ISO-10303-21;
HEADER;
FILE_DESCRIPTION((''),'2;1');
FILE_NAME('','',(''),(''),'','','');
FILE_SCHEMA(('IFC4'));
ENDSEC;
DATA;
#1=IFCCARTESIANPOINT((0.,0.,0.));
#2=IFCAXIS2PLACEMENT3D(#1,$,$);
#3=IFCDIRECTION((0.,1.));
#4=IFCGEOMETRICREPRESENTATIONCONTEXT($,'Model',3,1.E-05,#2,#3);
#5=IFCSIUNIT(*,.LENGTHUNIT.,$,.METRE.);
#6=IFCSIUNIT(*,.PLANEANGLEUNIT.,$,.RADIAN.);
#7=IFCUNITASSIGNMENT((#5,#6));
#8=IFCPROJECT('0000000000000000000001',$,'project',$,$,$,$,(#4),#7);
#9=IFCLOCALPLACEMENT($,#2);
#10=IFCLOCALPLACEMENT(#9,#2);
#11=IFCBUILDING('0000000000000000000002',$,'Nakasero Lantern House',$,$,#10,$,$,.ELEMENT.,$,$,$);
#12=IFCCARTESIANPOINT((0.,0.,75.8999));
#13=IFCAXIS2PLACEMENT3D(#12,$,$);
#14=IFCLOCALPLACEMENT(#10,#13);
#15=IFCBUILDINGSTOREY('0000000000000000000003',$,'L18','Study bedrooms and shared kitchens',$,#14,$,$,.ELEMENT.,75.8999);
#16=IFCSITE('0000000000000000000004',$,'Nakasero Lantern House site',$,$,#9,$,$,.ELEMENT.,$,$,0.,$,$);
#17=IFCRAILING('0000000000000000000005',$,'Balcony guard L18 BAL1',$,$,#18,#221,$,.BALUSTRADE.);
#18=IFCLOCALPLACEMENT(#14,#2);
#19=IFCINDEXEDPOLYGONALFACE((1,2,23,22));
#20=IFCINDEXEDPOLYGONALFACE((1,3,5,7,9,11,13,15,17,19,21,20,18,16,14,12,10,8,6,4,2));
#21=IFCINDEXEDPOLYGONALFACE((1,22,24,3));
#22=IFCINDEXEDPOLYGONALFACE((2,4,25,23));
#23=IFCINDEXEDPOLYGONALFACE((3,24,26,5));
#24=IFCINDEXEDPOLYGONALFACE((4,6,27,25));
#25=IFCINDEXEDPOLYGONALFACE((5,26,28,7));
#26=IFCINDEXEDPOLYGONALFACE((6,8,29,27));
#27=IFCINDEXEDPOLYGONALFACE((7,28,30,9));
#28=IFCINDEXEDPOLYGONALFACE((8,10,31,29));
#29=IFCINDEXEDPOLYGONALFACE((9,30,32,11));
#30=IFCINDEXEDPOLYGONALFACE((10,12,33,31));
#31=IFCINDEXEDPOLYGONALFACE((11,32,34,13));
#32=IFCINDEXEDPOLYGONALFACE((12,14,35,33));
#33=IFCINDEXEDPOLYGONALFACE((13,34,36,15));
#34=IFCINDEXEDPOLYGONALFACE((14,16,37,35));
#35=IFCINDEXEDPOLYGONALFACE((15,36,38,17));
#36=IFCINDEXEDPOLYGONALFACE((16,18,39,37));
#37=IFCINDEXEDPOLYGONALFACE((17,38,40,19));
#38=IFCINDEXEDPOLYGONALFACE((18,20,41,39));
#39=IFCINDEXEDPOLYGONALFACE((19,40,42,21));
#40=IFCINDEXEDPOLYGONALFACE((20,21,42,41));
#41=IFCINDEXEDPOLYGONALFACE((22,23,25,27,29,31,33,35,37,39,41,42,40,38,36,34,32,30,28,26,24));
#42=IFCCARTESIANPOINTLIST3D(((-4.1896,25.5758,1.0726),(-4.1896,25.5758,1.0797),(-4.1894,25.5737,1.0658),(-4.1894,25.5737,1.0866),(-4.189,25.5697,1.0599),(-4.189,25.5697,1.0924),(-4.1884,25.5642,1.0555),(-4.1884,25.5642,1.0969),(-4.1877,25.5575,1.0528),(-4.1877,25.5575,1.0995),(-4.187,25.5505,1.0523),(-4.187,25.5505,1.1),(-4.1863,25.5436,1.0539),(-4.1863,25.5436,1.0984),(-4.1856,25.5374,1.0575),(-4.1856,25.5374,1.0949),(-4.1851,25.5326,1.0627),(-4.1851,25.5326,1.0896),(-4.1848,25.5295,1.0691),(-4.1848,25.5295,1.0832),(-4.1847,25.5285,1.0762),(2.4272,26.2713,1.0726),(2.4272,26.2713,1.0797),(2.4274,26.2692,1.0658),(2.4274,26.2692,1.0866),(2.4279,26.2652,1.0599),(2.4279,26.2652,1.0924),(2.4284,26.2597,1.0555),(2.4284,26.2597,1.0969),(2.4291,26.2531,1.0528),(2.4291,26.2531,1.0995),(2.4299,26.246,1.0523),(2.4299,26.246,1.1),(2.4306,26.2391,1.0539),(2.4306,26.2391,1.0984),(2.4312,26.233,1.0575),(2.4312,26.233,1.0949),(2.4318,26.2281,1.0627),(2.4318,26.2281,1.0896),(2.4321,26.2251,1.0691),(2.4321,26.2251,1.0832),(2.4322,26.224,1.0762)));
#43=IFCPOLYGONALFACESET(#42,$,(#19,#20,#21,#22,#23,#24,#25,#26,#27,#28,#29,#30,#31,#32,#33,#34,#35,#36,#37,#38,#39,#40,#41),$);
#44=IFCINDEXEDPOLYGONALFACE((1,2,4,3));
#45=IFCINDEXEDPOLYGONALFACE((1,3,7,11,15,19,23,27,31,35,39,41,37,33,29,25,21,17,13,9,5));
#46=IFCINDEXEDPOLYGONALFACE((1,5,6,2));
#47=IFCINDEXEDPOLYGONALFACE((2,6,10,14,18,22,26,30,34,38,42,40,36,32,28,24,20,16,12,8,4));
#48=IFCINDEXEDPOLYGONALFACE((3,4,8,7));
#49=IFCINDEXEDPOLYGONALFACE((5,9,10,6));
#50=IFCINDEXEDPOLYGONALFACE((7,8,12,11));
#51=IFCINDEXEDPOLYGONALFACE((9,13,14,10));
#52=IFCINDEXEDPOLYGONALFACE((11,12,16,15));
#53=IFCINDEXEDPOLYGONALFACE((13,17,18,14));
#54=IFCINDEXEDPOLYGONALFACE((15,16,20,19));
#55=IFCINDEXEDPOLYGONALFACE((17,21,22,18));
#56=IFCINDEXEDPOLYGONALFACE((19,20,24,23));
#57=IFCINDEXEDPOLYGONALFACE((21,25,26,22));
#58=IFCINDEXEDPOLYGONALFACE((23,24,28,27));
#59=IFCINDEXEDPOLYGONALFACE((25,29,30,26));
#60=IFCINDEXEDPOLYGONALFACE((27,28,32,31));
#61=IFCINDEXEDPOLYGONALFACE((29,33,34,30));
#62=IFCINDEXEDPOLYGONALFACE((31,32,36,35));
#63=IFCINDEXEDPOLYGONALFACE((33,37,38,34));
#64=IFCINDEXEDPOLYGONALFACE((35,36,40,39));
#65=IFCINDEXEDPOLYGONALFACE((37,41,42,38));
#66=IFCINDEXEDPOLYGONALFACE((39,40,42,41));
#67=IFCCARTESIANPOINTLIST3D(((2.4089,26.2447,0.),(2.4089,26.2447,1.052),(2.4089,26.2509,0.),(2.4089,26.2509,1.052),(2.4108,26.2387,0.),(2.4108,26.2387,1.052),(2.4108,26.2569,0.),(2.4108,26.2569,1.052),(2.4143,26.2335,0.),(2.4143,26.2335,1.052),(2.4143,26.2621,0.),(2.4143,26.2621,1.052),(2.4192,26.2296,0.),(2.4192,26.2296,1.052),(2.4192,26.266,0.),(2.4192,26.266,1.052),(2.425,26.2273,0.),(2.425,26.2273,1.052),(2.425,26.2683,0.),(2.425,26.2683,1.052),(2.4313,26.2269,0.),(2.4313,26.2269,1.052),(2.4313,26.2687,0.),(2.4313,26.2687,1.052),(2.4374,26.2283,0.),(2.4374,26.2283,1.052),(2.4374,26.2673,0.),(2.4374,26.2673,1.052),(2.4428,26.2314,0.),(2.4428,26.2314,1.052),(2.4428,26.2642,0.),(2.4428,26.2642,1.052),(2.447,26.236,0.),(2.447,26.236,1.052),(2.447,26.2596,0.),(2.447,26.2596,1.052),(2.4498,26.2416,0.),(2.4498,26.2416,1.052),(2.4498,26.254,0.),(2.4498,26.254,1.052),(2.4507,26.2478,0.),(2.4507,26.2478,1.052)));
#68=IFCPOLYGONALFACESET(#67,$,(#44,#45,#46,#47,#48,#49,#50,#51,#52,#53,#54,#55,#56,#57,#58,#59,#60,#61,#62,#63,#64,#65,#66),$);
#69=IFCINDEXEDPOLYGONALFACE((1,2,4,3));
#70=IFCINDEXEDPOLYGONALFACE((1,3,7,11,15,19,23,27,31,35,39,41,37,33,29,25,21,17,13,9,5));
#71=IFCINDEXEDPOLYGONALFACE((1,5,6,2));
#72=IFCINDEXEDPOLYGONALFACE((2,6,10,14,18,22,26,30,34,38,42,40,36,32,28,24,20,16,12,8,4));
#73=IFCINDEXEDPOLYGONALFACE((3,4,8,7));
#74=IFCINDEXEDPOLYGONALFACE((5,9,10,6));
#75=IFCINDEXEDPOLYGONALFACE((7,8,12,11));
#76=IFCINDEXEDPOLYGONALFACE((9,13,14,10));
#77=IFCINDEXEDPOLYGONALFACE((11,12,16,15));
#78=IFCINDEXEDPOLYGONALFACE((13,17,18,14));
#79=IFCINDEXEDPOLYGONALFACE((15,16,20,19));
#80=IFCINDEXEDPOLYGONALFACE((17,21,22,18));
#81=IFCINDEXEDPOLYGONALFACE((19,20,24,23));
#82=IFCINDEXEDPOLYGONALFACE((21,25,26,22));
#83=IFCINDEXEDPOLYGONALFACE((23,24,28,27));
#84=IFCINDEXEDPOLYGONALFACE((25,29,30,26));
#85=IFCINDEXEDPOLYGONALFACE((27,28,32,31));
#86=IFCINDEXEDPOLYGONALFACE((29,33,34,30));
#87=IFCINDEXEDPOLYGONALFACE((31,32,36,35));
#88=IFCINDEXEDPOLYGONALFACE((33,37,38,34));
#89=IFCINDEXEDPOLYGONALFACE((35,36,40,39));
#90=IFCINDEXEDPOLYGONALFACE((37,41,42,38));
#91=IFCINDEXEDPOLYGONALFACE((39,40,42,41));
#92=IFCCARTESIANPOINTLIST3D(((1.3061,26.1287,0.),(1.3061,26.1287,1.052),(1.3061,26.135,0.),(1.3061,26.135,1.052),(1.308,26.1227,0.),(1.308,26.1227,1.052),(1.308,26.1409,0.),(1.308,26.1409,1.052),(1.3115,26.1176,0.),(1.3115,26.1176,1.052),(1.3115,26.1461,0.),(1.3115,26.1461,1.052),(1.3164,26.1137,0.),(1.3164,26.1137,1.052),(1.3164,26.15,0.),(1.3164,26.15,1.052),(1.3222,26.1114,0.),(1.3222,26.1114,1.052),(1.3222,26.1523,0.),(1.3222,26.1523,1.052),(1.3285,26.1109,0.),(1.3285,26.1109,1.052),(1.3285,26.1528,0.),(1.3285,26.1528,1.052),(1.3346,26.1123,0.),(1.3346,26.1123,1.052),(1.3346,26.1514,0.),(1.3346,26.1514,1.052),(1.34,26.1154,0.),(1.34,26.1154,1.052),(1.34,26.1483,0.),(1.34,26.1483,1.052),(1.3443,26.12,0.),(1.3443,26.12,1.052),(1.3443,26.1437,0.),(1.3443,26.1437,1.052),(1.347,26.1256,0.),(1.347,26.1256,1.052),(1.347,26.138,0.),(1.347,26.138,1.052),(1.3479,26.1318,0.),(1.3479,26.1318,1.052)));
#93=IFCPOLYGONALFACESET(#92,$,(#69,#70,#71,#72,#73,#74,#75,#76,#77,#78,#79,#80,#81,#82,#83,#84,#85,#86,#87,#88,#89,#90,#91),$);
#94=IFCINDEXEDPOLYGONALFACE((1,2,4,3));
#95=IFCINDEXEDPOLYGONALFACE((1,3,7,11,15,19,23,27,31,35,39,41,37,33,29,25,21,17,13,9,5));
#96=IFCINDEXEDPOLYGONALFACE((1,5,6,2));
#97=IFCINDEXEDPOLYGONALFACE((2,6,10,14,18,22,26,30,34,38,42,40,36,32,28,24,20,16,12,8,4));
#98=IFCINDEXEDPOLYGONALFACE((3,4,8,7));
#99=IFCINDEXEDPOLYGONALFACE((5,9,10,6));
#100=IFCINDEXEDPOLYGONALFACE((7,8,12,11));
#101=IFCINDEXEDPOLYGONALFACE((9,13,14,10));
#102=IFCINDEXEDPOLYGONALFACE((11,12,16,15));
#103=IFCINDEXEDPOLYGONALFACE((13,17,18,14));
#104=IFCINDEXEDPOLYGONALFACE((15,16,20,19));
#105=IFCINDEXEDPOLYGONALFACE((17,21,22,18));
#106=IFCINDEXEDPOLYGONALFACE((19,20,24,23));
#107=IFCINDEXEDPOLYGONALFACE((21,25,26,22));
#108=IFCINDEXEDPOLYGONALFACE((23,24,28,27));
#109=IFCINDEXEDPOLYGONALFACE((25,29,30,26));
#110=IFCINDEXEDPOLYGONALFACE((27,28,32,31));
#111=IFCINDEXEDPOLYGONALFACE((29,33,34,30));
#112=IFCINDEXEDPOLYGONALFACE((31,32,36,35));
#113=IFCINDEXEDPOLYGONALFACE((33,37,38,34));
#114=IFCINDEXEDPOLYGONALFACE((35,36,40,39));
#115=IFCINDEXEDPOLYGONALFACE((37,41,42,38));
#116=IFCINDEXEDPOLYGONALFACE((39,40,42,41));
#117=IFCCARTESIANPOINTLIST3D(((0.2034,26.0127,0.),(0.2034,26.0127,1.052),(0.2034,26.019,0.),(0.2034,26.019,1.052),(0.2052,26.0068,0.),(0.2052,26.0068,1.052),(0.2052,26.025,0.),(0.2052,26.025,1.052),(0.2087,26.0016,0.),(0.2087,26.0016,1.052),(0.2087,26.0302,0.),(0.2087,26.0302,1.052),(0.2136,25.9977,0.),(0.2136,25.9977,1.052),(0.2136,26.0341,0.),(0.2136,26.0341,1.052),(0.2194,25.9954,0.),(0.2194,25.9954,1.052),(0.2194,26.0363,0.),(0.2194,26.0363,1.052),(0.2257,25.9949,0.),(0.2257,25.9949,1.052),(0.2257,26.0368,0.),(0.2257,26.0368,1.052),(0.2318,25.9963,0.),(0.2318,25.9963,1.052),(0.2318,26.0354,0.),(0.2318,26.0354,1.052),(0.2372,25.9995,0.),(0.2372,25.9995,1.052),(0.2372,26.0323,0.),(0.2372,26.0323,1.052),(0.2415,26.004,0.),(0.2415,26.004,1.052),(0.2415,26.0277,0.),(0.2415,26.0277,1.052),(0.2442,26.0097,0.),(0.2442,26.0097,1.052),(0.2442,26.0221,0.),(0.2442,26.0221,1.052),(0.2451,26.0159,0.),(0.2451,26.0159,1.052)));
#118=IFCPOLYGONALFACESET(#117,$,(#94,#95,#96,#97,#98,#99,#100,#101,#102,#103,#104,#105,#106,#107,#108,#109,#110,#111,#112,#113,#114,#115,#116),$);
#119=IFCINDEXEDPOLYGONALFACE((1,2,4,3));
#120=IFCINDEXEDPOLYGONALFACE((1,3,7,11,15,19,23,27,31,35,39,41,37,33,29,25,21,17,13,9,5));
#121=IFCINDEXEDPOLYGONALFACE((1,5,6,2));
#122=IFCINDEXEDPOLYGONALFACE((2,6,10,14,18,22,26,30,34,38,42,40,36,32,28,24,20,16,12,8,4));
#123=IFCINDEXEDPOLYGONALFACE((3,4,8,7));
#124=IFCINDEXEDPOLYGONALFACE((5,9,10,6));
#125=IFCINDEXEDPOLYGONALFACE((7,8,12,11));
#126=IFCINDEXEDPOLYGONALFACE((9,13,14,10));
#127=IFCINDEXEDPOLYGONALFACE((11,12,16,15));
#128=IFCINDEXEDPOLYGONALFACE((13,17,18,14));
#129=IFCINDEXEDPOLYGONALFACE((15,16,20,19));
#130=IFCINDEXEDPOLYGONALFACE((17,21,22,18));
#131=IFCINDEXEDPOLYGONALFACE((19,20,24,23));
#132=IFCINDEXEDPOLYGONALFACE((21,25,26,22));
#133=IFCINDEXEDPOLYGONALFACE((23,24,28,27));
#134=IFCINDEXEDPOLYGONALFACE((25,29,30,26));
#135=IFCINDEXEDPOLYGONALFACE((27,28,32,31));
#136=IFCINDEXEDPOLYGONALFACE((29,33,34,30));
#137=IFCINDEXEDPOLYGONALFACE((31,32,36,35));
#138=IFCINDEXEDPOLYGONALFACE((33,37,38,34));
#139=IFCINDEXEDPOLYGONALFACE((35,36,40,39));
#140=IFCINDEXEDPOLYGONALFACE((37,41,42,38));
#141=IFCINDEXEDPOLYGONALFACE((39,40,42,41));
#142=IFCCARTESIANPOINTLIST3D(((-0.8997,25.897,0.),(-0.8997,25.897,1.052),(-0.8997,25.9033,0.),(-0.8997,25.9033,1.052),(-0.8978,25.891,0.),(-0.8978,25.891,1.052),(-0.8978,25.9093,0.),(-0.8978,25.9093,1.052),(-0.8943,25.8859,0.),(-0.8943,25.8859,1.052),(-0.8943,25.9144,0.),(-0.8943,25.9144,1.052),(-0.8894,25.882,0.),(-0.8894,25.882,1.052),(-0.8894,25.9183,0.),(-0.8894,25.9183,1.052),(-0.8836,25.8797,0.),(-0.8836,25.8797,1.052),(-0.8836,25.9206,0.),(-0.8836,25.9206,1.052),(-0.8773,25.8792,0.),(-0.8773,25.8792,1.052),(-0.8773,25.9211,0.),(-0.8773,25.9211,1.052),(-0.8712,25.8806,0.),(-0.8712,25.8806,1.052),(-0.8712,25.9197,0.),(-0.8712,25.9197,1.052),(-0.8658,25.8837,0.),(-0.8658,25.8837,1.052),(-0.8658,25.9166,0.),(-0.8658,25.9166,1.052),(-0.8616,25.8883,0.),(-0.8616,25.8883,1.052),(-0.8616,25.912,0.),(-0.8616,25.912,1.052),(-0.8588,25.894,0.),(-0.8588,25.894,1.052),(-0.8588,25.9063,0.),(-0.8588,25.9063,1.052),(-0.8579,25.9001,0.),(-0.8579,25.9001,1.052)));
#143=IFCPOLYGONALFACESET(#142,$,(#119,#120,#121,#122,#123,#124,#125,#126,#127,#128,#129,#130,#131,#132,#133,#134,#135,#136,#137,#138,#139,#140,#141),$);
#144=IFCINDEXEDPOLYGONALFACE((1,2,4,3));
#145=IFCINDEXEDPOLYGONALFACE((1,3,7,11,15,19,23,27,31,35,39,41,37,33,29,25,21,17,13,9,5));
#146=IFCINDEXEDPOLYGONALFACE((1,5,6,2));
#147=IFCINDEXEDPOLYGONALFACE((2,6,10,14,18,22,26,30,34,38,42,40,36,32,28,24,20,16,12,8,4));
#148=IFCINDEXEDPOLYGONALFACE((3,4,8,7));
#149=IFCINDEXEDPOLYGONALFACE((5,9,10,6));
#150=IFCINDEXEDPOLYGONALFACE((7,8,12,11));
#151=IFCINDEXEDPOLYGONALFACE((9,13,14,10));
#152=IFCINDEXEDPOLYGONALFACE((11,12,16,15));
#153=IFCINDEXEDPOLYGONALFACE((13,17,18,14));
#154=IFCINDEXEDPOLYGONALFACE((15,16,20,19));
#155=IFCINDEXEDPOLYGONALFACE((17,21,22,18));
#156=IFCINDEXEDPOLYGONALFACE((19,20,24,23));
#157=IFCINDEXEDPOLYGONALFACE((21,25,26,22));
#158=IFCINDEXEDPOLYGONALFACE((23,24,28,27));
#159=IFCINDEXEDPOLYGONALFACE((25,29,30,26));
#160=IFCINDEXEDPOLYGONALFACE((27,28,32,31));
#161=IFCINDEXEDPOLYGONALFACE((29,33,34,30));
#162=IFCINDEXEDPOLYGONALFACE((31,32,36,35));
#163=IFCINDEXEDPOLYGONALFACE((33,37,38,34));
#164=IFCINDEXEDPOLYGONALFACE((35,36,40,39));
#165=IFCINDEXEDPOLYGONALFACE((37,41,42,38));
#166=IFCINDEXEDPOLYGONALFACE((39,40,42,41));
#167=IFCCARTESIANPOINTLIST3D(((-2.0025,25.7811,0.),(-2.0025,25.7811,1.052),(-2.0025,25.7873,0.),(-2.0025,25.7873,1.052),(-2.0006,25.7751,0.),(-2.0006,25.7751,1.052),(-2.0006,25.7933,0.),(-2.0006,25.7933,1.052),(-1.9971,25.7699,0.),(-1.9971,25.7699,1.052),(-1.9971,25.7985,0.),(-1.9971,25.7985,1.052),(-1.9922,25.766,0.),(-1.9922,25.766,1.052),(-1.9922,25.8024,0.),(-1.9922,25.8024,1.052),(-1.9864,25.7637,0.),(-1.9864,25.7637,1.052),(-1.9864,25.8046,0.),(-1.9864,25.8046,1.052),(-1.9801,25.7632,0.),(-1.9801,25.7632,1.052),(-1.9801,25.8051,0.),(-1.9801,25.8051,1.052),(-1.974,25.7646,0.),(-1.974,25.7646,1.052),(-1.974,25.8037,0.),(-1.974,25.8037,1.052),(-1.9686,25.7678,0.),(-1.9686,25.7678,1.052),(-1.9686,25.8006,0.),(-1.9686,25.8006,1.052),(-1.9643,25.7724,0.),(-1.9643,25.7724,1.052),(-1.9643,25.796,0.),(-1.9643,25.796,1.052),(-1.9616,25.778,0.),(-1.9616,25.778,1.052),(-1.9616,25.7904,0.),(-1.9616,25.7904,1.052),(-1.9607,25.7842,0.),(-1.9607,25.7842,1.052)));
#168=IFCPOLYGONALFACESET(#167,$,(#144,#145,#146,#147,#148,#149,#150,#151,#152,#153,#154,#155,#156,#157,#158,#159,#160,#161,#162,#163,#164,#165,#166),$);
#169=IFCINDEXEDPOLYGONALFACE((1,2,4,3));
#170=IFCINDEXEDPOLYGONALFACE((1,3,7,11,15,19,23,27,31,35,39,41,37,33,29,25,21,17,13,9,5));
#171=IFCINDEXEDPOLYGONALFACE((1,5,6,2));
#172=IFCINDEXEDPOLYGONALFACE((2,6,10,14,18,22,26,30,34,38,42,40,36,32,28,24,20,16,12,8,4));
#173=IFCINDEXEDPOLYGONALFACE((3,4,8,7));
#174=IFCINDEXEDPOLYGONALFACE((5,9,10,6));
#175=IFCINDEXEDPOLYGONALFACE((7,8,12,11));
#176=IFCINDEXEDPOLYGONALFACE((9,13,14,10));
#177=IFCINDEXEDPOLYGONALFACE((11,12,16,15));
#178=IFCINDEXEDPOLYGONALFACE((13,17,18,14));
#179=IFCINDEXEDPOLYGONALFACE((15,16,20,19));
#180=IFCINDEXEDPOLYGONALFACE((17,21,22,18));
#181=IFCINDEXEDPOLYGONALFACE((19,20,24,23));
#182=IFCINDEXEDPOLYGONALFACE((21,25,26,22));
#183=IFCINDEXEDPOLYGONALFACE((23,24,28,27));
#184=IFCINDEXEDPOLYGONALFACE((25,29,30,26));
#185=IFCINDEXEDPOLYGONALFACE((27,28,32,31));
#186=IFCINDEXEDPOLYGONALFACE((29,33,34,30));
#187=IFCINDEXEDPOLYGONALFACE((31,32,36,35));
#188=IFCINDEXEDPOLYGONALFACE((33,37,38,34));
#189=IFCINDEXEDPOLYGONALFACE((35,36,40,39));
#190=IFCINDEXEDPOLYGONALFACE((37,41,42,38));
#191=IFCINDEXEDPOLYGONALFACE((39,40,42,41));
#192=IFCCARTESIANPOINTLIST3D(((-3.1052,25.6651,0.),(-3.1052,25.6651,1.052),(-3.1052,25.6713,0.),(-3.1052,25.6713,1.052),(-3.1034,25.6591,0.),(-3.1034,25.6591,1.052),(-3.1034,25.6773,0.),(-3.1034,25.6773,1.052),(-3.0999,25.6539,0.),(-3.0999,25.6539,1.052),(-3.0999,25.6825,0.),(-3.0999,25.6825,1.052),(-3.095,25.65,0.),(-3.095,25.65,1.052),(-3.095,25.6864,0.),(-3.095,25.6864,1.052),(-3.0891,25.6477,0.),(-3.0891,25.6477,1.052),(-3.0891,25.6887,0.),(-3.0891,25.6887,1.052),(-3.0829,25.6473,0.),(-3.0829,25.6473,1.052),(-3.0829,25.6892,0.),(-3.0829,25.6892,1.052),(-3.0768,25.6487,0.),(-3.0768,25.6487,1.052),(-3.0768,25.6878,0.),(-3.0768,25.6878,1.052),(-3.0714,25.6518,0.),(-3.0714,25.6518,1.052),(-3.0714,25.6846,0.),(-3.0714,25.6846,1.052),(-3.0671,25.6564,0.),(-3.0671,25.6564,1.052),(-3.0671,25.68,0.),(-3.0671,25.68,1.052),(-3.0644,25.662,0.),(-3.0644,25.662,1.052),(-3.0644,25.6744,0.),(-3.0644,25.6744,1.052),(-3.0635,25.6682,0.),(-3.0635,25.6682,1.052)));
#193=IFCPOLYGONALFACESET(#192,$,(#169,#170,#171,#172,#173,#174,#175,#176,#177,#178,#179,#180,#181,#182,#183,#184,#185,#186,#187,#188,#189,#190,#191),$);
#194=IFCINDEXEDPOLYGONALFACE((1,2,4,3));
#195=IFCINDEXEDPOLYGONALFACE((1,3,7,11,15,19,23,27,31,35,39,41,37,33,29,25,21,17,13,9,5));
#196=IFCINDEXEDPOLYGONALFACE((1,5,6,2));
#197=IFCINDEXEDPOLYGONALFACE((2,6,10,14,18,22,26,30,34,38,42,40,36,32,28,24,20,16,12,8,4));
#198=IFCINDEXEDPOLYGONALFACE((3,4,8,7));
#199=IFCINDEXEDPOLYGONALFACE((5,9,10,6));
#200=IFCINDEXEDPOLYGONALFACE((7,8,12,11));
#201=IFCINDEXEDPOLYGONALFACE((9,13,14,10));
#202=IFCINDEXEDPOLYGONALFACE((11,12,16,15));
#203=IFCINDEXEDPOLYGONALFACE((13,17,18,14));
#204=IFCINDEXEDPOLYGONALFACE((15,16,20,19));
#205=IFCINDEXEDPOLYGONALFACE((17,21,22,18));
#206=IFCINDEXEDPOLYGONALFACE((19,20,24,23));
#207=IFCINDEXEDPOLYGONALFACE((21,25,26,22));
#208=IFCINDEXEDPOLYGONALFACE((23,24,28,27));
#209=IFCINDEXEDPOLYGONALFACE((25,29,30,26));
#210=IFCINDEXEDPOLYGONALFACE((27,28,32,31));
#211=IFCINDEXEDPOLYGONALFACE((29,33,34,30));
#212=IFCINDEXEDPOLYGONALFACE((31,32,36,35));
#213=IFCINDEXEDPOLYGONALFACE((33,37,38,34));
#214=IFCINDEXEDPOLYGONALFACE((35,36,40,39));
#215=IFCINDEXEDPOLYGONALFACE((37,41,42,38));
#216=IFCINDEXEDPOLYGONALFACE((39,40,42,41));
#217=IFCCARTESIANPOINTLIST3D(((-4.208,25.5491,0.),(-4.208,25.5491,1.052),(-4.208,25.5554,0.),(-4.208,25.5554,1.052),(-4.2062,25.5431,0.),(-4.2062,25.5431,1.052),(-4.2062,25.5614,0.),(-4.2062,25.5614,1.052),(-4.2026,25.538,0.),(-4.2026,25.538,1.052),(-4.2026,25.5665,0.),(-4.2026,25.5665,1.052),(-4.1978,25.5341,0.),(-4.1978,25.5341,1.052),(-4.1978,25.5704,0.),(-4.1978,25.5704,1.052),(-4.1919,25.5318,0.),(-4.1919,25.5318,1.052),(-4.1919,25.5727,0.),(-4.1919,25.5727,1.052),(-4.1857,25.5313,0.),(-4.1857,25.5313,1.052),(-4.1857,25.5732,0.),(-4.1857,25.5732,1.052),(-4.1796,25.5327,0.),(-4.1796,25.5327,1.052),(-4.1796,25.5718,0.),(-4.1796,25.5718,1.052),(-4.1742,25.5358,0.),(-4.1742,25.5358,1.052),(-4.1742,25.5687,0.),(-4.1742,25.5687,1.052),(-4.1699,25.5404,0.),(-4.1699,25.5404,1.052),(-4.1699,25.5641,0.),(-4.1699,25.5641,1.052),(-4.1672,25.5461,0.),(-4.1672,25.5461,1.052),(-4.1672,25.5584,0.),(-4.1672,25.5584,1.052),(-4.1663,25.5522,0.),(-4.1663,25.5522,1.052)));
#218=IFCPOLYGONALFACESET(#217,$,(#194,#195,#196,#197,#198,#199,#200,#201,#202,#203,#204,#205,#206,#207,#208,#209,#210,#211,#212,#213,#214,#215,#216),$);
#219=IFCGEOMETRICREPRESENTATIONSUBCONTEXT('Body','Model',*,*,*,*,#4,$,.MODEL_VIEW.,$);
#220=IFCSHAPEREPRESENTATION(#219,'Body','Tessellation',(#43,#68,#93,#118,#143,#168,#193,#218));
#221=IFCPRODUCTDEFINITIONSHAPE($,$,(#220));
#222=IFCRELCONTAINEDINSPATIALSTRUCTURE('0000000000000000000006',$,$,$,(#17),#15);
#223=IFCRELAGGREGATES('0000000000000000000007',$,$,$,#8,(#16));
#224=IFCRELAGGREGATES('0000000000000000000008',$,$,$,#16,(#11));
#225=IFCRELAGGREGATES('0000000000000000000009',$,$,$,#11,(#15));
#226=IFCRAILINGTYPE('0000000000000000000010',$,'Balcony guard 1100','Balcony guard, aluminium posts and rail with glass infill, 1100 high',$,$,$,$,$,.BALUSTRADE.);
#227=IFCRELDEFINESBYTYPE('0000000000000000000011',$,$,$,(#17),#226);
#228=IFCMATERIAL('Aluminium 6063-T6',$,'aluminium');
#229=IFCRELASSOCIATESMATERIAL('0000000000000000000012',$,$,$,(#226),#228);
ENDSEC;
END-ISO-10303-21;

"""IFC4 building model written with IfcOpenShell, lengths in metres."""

from ifc_helpers import new_model, si_unit, direction, frame, origin, origin_2d, place, context, subcontext, project, spatial, circle, extrude, material, type_object, element, save


model = new_model("IFC4")

# Units and contexts
model_context = context("Model", 3, precision=1e-05, world=origin(), true_north=direction((0.0, 1.0)))
body_context = subcontext(model_context, "Body", "Model", "MODEL_VIEW")
ifc_project = project(units=[si_unit("LENGTHUNIT", "METRE"), si_unit("PLANEANGLEUNIT", "RADIAN")], contexts=[model_context])

# Site, building, storey
site_placement = place(None, origin())
site = spatial("IfcSite", under=ifc_project, at=site_placement, Name="Nakasero Lantern House site", CompositionType="ELEMENT", RefElevation=0.0)
building_placement = place(site_placement, origin())
building = spatial("IfcBuilding", under=site, at=building_placement, Name="Nakasero Lantern House", CompositionType="ELEMENT")
storey_placement = place(building_placement, frame((0.0, 0.0, 75.8999)))
storey = spatial("IfcBuildingStorey", under=building, at=storey_placement, Name="L18", Description="Study bedrooms and shared kitchens", CompositionType="ELEMENT", Elevation=75.8999)

# Railing
ifc_material_1 = material(Name="Aluminium 6063-T6", Category="aluminium")
railing_type = type_object("IfcRailingType", Name="Balcony guard 1100", Description="Balcony guard, aluminium posts and rail with glass infill, 1100 high", PredefinedType="BALUSTRADE", material=ifc_material_1)
railing_placement = place(storey_placement, frame((2.4297, 26.2478, 0.0)))
element("IfcRailing", 1, at=railing_placement, inside=storey, type_object=railing_type, Name="Balcony guard L18 BAL1", PredefinedType="BALUSTRADE", context=body_context, shape_type="SweptSolid", body=[
    extrude(circle(Radius=0.0239, at=origin_2d()), frame((0.0, 0.0, 1.0762), z_axis=(-0.994521, -0.104542, 0.0), x_axis=(0.104542, -0.994521, 0.0)), (0.0, 0.0, 1.0), 6.6533),
    extrude(circle(Radius=0.021, at=origin_2d()), origin(), (0.0, 0.0, 1.0), 1.052),
    extrude(circle(Radius=0.021, at=origin_2d()), frame((-1.1028, -0.116, 0.0)), (0.0, 0.0, 1.0), 1.052),
    extrude(circle(Radius=0.021, at=origin_2d()), frame((-2.2056, -0.2319, 0.0)), (0.0, 0.0, 1.0), 1.052),
    extrude(circle(Radius=0.021, at=origin_2d()), frame((-3.3086, -0.3477, 0.0)), (0.0, 0.0, 1.0), 1.052),
    extrude(circle(Radius=0.021, at=origin_2d()), frame((-4.4114, -0.4636, 0.0)), (0.0, 0.0, 1.0), 1.052),
    extrude(circle(Radius=0.021, at=origin_2d()), frame((-5.5142, -0.5796, 0.0)), (0.0, 0.0, 1.0), 1.052),
    extrude(circle(Radius=0.021, at=origin_2d()), frame((-6.6169, -0.6956, 0.0)), (0.0, 0.0, 1.0), 1.052),
])

save(model, "model.ifc")
